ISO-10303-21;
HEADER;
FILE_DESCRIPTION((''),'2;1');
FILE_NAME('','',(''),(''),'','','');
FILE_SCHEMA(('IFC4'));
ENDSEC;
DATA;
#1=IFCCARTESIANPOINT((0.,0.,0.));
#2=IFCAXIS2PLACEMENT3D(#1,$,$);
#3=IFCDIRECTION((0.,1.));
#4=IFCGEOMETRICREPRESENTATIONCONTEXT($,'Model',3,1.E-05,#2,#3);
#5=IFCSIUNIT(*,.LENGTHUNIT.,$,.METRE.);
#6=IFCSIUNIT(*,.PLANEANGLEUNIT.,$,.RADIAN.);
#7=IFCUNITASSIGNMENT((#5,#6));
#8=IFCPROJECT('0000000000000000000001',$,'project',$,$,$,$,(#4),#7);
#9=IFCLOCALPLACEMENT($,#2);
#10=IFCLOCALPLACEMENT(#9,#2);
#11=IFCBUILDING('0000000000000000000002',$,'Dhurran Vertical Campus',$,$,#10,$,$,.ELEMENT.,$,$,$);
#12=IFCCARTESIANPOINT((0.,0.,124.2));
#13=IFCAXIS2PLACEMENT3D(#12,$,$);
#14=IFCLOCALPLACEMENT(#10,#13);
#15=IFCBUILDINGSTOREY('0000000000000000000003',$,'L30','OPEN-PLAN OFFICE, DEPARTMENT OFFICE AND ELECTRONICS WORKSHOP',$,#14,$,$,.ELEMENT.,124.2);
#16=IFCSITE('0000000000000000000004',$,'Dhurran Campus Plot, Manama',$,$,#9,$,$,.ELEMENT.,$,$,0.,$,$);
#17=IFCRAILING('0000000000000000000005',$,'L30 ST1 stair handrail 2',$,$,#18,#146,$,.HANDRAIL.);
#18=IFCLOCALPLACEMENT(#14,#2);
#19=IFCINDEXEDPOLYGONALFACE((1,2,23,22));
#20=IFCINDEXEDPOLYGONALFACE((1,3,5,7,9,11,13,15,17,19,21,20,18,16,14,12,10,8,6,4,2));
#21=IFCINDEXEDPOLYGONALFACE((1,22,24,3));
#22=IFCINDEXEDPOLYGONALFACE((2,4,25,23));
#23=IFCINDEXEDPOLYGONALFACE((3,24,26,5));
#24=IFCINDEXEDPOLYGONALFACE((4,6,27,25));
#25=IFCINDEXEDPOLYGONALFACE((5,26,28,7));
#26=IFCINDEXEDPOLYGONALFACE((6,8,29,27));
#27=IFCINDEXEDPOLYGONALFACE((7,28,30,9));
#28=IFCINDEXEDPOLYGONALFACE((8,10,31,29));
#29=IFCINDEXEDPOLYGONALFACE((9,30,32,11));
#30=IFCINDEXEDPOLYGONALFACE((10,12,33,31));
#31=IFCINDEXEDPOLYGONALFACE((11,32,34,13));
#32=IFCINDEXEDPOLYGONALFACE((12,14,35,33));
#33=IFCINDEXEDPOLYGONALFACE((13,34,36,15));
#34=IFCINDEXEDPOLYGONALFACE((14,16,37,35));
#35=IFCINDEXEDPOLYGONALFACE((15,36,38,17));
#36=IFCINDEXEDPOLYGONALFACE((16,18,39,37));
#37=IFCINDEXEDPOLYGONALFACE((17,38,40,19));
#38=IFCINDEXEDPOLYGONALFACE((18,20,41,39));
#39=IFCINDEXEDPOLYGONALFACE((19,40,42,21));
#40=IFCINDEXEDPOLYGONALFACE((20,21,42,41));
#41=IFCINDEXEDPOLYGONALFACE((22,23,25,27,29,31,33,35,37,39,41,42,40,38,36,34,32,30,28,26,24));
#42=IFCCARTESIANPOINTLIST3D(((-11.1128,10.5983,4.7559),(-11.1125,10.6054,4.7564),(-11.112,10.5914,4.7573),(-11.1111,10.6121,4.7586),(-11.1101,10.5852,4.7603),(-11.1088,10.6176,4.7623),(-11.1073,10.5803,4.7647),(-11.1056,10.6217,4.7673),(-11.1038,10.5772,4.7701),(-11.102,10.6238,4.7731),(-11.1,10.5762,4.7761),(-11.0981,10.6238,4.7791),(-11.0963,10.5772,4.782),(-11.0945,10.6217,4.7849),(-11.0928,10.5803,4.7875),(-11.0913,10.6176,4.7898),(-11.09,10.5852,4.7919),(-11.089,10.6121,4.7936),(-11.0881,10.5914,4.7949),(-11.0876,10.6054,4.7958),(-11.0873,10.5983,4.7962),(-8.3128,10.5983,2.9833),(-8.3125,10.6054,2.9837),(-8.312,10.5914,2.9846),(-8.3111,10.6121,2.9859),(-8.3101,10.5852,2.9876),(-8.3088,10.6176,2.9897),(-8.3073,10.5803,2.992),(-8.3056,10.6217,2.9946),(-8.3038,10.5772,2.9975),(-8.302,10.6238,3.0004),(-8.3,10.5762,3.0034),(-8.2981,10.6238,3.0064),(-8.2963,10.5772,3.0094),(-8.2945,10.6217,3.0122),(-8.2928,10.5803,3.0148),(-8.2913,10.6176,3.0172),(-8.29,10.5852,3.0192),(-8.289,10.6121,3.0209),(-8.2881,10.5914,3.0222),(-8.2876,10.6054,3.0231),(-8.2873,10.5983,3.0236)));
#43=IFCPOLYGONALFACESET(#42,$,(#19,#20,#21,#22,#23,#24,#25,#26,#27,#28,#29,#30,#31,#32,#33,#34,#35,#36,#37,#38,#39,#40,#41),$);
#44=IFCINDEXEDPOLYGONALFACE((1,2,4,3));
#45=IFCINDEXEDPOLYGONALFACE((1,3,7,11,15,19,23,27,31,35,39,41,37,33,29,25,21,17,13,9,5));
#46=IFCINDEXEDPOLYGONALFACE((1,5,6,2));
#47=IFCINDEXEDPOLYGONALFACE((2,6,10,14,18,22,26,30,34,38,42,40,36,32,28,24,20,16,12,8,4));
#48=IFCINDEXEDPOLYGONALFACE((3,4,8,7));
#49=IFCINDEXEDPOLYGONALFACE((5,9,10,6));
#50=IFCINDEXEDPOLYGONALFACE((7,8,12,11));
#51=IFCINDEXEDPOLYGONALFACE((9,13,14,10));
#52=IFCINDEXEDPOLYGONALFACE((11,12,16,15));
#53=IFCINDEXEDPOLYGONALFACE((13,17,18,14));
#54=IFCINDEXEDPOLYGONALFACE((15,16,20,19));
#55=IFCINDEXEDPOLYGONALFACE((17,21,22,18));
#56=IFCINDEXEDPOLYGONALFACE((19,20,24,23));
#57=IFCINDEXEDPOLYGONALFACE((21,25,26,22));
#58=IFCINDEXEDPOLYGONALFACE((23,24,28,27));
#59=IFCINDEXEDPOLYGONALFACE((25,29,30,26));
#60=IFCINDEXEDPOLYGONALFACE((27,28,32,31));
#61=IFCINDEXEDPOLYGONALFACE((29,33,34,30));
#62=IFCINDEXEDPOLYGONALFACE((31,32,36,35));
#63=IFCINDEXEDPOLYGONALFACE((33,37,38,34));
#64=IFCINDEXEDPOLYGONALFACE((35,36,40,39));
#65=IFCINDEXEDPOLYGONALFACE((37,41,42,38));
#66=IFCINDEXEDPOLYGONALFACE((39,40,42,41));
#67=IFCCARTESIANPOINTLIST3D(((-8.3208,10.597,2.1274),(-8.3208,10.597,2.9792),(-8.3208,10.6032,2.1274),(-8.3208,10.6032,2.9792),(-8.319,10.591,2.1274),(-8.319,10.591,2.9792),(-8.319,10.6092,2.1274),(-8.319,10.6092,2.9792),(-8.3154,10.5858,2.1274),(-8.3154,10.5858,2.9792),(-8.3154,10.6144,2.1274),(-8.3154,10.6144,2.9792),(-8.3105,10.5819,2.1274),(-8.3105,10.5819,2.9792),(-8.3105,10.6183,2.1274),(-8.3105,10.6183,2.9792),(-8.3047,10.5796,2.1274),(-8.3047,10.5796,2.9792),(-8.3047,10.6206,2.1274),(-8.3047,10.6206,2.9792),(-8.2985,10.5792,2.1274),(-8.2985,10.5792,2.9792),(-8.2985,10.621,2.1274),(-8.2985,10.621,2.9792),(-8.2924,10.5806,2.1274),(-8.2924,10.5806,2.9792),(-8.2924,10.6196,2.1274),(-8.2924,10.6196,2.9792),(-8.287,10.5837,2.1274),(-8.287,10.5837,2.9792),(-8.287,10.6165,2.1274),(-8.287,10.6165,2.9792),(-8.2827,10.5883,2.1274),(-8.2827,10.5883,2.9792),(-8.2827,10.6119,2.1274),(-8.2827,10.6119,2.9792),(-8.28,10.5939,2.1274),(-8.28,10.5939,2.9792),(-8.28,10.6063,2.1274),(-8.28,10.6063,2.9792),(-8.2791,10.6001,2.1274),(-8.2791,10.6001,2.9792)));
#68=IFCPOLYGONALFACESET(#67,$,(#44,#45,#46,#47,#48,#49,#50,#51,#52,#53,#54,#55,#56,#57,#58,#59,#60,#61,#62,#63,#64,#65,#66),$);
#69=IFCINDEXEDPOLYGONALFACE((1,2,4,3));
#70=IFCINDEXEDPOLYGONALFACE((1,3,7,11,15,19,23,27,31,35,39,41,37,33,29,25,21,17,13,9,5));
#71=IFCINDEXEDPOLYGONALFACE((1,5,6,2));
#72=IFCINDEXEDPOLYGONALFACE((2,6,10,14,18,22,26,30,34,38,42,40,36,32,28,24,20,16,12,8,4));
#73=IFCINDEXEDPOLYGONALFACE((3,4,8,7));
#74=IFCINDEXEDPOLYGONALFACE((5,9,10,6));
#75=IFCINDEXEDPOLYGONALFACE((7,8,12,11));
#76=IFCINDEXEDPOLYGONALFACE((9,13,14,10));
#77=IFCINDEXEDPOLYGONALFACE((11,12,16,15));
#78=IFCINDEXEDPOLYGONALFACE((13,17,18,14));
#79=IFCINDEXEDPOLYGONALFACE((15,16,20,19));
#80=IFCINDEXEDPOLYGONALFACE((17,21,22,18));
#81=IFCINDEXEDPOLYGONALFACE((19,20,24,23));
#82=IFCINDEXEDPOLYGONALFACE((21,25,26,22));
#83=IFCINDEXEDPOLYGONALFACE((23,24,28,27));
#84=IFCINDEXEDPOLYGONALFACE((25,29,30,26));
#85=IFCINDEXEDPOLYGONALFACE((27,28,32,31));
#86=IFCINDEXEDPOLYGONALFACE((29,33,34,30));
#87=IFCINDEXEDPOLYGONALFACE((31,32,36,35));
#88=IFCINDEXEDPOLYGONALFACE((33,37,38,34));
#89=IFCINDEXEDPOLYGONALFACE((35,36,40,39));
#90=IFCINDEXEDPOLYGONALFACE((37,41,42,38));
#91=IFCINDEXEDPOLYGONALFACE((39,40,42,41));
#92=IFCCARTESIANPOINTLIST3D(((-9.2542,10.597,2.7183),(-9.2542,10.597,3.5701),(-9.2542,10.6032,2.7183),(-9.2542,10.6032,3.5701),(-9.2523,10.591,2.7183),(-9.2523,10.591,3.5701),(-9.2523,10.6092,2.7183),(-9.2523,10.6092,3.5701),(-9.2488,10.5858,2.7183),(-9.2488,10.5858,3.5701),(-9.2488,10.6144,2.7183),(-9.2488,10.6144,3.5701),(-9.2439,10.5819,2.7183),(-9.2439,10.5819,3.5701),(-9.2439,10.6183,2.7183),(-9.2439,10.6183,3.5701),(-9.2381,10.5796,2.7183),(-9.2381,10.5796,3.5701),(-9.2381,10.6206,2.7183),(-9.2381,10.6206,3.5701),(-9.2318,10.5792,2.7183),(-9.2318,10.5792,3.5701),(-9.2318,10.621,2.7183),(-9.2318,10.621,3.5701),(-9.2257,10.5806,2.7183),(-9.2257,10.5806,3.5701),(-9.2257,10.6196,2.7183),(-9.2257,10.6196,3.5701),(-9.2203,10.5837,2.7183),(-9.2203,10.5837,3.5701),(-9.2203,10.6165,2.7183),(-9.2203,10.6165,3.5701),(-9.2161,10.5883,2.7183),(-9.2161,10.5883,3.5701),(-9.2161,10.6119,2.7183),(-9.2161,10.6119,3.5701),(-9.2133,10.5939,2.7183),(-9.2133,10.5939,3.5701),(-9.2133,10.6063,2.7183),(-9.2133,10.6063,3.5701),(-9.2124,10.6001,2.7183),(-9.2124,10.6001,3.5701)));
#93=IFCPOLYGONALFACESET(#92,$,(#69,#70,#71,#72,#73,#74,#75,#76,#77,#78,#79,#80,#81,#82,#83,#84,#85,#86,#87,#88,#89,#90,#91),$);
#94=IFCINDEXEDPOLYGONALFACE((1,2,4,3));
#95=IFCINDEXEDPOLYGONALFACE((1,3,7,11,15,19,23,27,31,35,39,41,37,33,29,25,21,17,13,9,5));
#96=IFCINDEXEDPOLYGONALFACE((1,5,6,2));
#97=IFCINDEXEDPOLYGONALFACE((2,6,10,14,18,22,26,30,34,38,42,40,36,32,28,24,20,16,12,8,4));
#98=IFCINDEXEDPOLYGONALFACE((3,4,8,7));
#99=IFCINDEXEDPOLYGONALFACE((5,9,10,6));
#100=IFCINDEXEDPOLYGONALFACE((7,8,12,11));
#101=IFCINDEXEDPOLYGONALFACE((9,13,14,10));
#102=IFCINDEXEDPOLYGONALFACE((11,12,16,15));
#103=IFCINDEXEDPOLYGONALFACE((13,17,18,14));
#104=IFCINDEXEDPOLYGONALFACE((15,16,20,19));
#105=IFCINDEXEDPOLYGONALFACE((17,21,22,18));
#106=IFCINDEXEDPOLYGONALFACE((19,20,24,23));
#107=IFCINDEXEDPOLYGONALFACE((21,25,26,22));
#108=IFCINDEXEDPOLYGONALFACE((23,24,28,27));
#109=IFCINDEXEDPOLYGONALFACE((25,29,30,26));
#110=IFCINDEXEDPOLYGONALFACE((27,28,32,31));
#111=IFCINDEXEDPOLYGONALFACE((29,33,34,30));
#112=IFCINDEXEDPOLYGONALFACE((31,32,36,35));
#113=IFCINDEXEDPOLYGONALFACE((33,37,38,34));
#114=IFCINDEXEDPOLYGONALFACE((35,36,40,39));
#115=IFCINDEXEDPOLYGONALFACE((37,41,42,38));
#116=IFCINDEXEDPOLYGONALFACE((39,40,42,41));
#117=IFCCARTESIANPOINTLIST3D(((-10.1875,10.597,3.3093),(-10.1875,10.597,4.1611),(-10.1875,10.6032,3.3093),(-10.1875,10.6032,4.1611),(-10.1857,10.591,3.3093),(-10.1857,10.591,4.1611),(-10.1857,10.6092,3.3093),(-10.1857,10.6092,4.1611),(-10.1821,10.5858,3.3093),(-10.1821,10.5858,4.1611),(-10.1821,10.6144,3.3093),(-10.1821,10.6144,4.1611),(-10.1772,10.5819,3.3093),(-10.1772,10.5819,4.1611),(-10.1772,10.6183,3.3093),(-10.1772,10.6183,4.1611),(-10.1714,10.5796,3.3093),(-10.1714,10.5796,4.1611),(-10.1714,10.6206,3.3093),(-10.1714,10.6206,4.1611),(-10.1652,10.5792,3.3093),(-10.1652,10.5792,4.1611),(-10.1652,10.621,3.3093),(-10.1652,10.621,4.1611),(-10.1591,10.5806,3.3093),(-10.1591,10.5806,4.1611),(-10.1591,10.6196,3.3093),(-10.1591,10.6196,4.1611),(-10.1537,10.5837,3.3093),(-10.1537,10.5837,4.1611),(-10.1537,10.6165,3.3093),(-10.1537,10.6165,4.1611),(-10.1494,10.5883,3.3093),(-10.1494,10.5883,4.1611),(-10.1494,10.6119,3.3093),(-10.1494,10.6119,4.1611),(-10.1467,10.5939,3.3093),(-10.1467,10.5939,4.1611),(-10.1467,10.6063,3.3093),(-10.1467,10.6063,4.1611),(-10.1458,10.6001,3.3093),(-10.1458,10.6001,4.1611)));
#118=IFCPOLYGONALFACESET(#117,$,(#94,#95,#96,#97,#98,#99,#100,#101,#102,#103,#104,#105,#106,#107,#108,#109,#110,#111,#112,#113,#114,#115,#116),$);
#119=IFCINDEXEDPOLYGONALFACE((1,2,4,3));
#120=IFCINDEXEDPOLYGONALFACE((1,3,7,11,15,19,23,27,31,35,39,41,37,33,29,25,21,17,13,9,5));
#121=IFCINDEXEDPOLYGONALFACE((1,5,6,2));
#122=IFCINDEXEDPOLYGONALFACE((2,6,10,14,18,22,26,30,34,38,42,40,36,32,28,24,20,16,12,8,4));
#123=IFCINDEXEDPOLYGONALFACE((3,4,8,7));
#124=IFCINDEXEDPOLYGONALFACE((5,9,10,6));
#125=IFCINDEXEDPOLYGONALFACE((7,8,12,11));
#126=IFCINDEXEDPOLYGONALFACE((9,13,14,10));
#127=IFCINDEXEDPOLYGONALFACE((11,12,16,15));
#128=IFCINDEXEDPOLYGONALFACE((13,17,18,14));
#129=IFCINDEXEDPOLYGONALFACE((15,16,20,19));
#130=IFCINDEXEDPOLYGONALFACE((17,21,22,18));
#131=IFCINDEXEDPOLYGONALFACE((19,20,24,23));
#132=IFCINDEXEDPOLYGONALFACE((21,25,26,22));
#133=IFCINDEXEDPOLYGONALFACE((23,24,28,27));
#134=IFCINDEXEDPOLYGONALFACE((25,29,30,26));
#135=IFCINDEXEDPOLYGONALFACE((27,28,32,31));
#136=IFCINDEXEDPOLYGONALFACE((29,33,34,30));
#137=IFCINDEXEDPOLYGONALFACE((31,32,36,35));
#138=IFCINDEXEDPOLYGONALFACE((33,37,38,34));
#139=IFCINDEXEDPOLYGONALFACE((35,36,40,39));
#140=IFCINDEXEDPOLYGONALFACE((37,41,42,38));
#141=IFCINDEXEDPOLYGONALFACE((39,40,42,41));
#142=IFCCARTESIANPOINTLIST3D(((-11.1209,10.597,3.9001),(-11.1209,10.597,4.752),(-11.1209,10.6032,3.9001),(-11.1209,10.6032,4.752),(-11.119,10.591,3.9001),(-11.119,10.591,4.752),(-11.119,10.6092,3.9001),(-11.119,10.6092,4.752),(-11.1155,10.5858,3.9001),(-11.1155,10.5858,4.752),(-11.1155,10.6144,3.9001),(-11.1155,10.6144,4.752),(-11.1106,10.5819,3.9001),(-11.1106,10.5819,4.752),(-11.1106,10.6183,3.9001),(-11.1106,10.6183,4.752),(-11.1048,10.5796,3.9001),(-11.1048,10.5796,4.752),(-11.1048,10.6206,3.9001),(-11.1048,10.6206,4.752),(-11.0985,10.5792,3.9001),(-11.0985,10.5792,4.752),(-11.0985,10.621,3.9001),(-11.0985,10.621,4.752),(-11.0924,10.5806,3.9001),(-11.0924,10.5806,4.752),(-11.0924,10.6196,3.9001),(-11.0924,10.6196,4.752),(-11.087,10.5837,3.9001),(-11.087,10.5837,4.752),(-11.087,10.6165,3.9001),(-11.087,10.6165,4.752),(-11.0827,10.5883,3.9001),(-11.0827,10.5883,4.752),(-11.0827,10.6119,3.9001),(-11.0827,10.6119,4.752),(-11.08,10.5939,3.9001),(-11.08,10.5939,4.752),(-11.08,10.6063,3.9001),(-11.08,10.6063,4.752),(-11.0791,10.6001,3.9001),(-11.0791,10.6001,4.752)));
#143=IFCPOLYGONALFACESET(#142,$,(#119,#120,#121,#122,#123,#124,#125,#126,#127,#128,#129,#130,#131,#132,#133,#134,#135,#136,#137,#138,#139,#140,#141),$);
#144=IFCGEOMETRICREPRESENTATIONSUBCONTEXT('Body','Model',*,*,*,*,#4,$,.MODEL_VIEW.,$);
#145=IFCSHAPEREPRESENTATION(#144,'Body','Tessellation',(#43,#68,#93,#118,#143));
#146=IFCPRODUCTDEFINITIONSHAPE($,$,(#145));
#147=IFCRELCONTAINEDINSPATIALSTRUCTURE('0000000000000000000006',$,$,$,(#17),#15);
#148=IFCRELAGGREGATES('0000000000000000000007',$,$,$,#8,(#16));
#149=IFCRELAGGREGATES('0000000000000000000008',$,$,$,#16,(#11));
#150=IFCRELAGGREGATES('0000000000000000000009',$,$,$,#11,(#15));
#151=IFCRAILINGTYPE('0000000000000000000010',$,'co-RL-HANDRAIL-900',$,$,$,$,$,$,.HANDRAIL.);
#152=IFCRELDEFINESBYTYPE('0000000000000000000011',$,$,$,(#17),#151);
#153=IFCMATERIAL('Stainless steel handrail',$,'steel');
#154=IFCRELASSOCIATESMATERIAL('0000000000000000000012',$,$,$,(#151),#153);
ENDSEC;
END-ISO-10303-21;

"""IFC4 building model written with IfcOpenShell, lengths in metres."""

from ifc_helpers import new_model, si_unit, direction, frame, origin, origin_2d, place, context, subcontext, project, spatial, circle, extrude, material, type_object, element, save


model = new_model("IFC4")

# Units and contexts
model_context = context("Model", 3, precision=1e-05, world=origin(), true_north=direction((0.0, 1.0)))
body_context = subcontext(model_context, "Body", "Model", "MODEL_VIEW")
ifc_project = project(units=[si_unit("LENGTHUNIT", "METRE"), si_unit("PLANEANGLEUNIT", "RADIAN")], contexts=[model_context])

# Site, building, storey
site_placement = place(None, origin())
site = spatial("IfcSite", under=ifc_project, at=site_placement, Name="Dhurran Campus Plot, Manama", CompositionType="ELEMENT", RefElevation=0.0)
building_placement = place(site_placement, origin())
building = spatial("IfcBuilding", under=site, at=building_placement, Name="Dhurran Vertical Campus", CompositionType="ELEMENT")
storey_placement = place(building_placement, frame((0.0, 0.0, 124.2)))
storey = spatial("IfcBuildingStorey", under=building, at=storey_placement, Name="L30", Description="OPEN-PLAN OFFICE, DEPARTMENT OFFICE AND ELECTRONICS WORKSHOP", CompositionType="ELEMENT", Elevation=124.2)

# Railing
ifc_material_1 = material(Name="Stainless steel handrail", Category="steel")
railing_type_1 = type_object("IfcRailingType", Name="co-RL-HANDRAIL-900", PredefinedType="HANDRAIL", material=ifc_material_1)
railing_1_placement = place(storey_placement, frame((-8.3, 10.6001, 2.1274)))
element("IfcRailing", 1, at=railing_1_placement, inside=storey, type_object=railing_type_1, Name="L30 ST1 stair handrail 2", PredefinedType="HANDRAIL", context=body_context, shape_type="SweptSolid", body=[
    extrude(circle(Radius=0.0239, at=origin_2d()), frame((0.0, 0.0, 0.876), z_axis=(-0.844909, 0.0, 0.53491), x_axis=(0.0, -1.0, 0.0)), (0.0, 0.0, 1.0), 3.314),
    extrude(circle(Radius=0.021, at=origin_2d()), origin(), (0.0, 0.0, 1.0), 0.8518),
    extrude(circle(Radius=0.021, at=origin_2d()), frame((-0.9333, 0.0, 0.5908)), (0.0, 0.0, 1.0), 0.8518),
    extrude(circle(Radius=0.021, at=origin_2d()), frame((-1.8667, 0.0, 1.1819)), (0.0, 0.0, 1.0), 0.8518),
    extrude(circle(Radius=0.021, at=origin_2d()), frame((-2.8, 0.0, 1.7727)), (0.0, 0.0, 1.0), 0.8518),
])

save(model, "model.ifc")
